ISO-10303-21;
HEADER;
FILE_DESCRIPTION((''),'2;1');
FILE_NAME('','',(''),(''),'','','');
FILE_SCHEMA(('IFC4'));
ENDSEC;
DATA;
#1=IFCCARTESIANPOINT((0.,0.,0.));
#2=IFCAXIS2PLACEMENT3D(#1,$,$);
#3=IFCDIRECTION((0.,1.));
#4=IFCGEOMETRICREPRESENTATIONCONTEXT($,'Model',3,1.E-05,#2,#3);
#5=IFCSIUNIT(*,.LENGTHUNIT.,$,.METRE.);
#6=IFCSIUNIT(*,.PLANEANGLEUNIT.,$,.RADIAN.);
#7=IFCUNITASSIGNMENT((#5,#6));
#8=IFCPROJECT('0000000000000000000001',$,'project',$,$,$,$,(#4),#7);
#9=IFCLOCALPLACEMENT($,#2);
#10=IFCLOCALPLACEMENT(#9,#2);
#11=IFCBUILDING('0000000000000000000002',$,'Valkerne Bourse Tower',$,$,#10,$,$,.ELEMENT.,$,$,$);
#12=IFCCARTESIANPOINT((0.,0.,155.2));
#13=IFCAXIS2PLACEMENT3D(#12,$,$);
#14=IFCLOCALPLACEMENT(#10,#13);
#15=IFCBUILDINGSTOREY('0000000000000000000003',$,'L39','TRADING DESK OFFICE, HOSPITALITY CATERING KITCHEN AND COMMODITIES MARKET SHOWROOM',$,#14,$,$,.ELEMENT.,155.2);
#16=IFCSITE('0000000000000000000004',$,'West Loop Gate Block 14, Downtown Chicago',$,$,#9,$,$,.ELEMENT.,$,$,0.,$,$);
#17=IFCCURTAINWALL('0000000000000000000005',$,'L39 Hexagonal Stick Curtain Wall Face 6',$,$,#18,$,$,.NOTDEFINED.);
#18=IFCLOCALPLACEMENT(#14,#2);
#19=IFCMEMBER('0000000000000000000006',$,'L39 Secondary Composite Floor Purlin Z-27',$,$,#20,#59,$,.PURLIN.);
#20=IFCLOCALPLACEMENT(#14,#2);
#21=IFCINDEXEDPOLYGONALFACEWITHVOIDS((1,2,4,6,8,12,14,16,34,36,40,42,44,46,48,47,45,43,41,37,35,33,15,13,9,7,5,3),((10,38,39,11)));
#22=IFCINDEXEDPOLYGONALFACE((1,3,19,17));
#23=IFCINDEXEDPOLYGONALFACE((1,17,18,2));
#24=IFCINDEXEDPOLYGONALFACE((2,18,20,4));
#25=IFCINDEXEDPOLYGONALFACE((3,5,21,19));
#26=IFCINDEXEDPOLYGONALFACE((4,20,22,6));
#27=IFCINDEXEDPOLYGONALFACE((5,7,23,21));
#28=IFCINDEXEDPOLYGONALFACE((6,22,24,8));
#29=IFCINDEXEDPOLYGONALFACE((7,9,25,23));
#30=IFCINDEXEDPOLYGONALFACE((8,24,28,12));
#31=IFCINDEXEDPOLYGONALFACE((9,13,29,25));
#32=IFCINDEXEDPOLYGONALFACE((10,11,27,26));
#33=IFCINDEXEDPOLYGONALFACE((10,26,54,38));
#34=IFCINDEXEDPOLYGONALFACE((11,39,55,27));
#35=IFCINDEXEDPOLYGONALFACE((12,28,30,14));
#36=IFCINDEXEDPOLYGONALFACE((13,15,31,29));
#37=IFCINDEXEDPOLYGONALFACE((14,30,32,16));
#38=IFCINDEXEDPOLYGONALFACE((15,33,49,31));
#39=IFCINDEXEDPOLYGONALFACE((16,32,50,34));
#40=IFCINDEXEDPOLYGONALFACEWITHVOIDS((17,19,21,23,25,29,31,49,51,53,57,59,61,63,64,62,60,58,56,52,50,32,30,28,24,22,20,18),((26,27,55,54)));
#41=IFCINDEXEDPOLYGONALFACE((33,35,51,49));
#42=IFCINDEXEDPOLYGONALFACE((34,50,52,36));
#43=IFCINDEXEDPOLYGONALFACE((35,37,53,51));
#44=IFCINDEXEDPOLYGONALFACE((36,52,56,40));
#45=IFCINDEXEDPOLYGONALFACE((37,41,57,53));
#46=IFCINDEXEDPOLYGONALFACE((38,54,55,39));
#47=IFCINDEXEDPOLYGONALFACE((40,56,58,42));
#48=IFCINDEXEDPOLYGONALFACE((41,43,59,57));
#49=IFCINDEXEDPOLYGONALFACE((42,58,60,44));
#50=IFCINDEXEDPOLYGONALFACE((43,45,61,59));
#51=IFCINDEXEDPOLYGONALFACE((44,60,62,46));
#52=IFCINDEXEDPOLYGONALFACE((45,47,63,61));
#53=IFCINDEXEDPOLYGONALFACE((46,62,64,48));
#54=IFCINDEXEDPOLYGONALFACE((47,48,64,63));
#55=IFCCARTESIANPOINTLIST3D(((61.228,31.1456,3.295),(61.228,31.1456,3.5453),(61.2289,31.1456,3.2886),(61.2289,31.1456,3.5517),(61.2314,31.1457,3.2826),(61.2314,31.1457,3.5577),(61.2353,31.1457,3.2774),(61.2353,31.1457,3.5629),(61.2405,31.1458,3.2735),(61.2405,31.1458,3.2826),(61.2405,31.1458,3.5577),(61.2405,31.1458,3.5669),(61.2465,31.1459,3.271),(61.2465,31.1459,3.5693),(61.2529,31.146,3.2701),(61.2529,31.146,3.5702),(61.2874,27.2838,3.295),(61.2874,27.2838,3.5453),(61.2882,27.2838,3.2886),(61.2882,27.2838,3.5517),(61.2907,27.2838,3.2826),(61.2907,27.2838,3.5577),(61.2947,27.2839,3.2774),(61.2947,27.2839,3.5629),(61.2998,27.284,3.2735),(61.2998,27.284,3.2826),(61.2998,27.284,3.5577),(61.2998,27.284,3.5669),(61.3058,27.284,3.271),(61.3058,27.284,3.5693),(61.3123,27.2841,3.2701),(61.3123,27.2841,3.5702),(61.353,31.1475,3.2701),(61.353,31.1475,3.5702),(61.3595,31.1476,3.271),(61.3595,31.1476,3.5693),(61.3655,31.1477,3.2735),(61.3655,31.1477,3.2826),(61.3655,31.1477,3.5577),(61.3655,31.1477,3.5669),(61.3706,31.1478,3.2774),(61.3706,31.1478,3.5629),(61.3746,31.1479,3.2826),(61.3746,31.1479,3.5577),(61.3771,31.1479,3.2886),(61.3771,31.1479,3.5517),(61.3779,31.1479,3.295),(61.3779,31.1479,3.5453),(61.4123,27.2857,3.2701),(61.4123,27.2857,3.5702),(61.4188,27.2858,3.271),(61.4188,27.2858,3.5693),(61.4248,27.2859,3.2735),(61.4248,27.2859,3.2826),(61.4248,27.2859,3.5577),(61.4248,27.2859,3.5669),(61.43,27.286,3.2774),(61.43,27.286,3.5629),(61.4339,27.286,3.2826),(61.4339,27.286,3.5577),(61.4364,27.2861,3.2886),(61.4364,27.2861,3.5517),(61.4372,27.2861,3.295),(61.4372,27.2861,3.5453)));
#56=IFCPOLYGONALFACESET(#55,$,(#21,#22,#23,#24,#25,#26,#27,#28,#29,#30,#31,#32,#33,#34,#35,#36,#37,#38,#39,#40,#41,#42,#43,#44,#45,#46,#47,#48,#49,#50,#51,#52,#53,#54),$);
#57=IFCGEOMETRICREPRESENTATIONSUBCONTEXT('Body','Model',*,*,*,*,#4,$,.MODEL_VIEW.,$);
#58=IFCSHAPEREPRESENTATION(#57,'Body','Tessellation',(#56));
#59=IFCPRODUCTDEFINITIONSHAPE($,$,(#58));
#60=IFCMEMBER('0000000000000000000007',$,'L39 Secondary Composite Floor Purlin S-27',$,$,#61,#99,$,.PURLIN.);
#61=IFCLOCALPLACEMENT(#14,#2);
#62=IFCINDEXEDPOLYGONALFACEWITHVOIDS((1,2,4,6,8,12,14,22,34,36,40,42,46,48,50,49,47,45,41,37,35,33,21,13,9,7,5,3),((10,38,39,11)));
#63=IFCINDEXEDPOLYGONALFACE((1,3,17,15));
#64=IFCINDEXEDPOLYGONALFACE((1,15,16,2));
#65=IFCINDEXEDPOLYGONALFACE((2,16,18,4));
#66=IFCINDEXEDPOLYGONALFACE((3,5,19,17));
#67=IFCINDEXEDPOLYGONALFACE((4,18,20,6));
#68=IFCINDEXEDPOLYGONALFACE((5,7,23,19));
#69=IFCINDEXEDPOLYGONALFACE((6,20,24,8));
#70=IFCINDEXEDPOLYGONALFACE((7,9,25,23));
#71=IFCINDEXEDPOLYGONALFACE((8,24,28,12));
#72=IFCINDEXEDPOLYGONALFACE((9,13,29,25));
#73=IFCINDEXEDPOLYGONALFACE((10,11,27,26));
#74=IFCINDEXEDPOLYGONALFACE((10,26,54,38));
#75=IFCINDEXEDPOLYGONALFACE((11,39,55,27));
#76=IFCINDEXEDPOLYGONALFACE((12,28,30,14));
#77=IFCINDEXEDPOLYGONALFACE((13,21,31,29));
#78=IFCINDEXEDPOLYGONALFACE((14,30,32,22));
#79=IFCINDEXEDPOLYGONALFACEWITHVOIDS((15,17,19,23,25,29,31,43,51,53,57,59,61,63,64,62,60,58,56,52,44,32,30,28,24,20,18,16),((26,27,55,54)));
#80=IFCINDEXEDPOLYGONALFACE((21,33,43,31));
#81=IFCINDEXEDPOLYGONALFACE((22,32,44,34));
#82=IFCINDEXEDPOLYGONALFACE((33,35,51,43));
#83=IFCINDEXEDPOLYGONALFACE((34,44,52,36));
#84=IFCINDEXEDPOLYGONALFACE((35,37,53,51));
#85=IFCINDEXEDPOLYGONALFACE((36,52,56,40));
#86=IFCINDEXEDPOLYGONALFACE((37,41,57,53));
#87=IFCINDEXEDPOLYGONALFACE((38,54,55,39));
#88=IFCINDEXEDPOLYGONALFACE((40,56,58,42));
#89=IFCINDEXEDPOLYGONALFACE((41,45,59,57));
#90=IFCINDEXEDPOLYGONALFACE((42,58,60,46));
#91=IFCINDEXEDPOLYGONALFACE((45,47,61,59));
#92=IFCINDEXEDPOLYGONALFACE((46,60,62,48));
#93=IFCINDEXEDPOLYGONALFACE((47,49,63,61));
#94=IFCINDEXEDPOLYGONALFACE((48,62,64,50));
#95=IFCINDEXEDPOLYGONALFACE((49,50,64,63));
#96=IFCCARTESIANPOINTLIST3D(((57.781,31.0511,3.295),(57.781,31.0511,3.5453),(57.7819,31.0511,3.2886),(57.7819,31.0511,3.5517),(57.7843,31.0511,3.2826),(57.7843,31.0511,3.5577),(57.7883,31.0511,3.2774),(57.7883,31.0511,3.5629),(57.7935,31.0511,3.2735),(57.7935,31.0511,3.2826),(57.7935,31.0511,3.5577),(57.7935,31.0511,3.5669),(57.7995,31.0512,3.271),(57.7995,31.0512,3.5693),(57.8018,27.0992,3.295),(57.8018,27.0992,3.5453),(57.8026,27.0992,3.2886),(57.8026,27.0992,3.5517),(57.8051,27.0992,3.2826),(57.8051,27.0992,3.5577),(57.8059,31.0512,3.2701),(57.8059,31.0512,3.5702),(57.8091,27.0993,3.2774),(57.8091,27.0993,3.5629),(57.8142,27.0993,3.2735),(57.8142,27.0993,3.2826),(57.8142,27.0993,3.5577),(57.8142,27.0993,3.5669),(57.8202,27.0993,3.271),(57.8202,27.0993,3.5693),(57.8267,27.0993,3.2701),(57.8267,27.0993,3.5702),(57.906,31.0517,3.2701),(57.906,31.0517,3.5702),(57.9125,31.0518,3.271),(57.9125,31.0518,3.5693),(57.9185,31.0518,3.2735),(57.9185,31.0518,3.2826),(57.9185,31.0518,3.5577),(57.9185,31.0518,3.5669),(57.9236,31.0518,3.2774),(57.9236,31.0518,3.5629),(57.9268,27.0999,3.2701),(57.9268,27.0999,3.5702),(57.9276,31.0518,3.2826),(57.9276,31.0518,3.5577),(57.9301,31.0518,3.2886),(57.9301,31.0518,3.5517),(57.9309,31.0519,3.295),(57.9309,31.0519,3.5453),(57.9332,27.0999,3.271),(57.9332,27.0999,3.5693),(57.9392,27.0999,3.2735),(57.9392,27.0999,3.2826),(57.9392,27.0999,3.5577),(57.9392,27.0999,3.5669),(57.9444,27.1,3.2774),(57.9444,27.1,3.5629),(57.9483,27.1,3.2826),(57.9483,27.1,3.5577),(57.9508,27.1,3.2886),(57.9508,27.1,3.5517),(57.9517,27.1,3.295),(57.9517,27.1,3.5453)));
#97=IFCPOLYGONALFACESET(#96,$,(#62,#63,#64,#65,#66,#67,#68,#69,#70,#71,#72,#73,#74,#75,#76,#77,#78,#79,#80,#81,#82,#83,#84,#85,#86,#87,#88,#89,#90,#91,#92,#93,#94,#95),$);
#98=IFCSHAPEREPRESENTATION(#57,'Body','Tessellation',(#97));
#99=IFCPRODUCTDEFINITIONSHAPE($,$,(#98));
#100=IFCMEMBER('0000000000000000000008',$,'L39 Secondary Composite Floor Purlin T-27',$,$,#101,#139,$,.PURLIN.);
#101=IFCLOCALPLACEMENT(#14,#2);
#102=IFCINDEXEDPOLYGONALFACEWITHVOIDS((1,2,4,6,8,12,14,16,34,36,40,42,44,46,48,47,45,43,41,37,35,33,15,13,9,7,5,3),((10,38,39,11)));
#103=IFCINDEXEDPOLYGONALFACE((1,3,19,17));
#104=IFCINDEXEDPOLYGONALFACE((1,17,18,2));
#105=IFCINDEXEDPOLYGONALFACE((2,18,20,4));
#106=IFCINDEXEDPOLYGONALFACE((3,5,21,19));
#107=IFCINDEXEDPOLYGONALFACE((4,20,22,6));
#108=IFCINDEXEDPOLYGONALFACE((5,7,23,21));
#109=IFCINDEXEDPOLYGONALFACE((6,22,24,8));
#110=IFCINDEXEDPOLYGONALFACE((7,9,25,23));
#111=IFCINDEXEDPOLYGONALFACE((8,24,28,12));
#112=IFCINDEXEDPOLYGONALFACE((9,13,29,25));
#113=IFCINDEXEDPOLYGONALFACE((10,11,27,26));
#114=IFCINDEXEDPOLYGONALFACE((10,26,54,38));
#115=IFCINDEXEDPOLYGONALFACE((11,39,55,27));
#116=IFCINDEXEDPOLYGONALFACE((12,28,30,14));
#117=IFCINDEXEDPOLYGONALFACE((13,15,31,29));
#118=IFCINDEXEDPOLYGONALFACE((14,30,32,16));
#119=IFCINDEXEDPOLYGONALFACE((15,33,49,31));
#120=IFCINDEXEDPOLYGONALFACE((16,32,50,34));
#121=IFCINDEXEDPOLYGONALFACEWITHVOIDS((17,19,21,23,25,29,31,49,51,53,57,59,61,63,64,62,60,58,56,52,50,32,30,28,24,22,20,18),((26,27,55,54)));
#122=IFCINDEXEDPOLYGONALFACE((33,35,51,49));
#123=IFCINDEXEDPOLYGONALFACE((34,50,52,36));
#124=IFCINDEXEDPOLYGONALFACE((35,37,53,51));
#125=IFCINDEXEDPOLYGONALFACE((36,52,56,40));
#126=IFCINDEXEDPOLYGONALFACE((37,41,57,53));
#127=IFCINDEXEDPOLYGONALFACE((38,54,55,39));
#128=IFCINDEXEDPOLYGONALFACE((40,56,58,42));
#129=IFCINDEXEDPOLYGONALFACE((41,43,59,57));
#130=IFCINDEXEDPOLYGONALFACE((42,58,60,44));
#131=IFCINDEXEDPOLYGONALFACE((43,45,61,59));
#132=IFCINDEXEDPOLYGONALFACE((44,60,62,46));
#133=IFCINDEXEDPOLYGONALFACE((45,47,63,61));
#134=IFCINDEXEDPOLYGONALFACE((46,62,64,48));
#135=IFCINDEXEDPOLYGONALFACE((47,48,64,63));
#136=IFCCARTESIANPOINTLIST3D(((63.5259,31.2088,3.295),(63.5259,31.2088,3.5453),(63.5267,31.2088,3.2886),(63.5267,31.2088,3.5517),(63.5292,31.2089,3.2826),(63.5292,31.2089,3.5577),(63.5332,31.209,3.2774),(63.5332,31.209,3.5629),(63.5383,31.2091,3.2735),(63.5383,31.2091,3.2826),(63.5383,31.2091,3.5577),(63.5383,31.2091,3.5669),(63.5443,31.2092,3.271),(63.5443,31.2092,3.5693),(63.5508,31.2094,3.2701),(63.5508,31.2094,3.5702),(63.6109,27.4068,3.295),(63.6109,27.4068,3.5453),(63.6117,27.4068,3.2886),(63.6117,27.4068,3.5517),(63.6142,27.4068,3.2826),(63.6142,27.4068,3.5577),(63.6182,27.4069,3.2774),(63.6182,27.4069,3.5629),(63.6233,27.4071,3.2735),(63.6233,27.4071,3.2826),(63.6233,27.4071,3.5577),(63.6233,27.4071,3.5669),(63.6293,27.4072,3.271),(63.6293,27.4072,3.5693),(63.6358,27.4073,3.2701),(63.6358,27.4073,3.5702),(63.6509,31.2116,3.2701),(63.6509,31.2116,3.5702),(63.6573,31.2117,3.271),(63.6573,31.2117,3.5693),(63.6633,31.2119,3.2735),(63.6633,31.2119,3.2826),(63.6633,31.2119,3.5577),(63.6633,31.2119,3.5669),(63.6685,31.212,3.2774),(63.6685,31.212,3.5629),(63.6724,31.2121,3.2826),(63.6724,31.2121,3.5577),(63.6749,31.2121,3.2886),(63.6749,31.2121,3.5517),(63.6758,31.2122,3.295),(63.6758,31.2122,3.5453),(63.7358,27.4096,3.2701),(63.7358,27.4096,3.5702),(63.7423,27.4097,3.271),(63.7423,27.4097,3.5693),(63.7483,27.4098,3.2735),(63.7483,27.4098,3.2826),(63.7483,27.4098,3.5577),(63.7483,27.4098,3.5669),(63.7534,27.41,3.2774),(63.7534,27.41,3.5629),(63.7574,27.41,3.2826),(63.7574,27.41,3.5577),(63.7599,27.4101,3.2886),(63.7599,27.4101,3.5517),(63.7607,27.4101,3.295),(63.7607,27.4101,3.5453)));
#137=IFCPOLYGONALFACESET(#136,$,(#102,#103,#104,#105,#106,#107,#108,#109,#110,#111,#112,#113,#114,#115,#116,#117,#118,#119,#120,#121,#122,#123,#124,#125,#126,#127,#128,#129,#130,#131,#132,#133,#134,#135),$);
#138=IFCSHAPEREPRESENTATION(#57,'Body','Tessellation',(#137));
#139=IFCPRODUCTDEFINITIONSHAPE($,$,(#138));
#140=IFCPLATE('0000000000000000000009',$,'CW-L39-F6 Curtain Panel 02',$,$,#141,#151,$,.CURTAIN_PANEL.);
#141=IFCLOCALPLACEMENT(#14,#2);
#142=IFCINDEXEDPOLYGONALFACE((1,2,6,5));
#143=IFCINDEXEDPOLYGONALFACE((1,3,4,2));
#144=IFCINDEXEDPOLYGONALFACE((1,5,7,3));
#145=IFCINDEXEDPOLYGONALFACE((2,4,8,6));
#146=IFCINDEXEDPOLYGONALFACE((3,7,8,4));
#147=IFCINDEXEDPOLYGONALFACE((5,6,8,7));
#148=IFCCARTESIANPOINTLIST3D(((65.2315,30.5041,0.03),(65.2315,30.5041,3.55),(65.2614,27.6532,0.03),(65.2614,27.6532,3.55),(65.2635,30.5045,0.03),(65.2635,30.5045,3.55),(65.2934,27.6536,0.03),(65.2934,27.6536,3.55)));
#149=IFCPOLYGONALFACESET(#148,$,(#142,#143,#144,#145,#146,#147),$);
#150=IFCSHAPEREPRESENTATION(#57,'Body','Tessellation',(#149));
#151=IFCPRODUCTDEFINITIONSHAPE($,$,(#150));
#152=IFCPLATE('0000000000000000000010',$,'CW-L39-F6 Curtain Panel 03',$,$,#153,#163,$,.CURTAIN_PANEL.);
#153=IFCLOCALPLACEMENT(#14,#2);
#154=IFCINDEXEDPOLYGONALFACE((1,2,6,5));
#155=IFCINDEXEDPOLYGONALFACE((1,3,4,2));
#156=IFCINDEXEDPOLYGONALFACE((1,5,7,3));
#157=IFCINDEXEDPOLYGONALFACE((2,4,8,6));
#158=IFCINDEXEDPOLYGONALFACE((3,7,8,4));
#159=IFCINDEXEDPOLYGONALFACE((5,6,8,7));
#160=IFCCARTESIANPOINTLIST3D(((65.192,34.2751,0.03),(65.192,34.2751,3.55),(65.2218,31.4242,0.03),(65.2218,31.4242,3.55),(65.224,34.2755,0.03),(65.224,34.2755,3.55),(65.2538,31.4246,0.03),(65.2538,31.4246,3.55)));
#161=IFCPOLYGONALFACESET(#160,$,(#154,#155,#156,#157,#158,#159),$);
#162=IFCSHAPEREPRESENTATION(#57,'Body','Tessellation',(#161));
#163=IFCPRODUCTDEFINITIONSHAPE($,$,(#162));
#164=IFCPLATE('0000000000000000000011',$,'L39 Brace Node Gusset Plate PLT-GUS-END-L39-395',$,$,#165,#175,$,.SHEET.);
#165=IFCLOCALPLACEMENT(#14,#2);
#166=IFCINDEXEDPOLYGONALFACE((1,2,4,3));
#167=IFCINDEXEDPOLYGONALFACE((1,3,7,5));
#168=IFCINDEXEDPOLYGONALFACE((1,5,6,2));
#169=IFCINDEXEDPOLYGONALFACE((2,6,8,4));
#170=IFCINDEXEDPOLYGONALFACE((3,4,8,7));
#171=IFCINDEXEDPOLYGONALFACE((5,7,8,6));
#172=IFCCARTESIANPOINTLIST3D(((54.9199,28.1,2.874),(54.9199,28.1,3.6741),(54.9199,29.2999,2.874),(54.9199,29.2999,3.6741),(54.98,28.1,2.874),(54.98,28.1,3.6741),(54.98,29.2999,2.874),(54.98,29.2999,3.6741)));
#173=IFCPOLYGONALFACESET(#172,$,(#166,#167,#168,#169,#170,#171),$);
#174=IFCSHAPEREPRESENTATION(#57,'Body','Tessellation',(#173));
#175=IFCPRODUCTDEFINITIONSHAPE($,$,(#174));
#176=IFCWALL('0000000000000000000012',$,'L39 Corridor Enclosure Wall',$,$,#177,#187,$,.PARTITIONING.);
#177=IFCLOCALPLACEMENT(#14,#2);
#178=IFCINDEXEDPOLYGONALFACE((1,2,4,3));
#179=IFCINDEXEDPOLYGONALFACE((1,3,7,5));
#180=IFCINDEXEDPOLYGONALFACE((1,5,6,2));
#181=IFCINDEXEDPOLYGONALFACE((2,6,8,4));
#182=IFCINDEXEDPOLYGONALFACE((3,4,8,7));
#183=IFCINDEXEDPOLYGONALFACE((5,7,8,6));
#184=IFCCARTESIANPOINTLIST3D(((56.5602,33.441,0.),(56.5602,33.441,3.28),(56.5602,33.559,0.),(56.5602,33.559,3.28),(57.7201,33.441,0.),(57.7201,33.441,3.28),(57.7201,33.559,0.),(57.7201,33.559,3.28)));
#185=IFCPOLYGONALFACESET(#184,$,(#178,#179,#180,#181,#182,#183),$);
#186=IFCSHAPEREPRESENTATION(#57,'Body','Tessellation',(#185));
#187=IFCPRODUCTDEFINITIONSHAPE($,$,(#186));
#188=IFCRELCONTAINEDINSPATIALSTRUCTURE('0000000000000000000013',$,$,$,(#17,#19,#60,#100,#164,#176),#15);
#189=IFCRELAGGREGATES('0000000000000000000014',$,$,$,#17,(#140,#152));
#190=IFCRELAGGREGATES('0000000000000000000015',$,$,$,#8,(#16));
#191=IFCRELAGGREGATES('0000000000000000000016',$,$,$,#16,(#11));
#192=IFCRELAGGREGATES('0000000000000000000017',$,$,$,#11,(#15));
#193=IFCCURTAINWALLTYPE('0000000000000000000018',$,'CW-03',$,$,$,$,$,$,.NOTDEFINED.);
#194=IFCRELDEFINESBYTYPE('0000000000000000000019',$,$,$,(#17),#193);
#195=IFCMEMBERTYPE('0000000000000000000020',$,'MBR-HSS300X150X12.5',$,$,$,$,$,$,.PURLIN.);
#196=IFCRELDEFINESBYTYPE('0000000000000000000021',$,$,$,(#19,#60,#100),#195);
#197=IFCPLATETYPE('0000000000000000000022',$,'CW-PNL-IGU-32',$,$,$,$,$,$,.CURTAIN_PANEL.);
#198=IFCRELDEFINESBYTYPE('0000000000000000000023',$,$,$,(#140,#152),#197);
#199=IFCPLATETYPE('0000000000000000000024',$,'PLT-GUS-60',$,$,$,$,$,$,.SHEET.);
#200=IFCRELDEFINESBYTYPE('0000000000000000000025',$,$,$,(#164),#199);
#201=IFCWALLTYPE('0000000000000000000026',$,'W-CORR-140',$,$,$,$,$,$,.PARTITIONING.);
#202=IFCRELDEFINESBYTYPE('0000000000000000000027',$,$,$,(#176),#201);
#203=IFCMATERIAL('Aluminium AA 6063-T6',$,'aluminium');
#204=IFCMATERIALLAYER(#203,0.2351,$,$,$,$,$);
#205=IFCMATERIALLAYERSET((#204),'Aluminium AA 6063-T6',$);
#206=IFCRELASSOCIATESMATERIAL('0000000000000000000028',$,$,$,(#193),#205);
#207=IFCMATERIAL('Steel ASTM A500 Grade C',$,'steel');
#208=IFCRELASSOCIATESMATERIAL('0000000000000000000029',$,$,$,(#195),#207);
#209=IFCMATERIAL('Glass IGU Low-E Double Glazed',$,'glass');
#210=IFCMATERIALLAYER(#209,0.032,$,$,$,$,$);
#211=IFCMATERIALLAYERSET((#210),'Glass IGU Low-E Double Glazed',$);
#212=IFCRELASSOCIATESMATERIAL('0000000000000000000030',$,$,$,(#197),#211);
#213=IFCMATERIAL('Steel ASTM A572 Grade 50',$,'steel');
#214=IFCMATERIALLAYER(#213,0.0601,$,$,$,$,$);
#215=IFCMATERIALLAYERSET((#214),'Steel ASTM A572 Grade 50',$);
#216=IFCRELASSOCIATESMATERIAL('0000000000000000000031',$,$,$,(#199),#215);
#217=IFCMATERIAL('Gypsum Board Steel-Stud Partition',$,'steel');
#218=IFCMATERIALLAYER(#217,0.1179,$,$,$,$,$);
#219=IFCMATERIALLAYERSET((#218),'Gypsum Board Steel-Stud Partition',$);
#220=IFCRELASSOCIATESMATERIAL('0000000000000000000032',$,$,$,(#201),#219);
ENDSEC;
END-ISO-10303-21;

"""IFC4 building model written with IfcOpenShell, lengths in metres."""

from ifc_helpers import new_model, si_unit, direction, frame, frame_2d, origin, origin_2d, place, context, subcontext, project, spatial, rectangle, hollow_rectangle, extrude, material, layer, layer_set, material_profile, profile_set, type_object, element, aggregate, save


model = new_model("IFC4")

# Units and contexts
model_context = context("Model", 3, precision=1e-05, world=origin(), true_north=direction((0.0, 1.0)))
body_context = subcontext(model_context, "Body", "Model", "MODEL_VIEW")
ifc_project = project(units=[si_unit("LENGTHUNIT", "METRE"), si_unit("PLANEANGLEUNIT", "RADIAN")], contexts=[model_context])

# Site, building, storey
site_placement = place(None, origin())
site = spatial("IfcSite", under=ifc_project, at=site_placement, Name="West Loop Gate Block 14, Downtown Chicago", CompositionType="ELEMENT", RefElevation=0.0)
building_placement = place(site_placement, origin())
building = spatial("IfcBuilding", under=site, at=building_placement, Name="Valkerne Bourse Tower", CompositionType="ELEMENT")
storey_placement = place(building_placement, frame((0.0, 0.0, 155.2)))
storey = spatial("IfcBuildingStorey", under=building, at=storey_placement, Name="L39", Description="TRADING DESK OFFICE, HOSPITALITY CATERING KITCHEN AND COMMODITIES MARKET SHOWROOM", CompositionType="ELEMENT", Elevation=155.2)

# Curtain wall
ifc_material_1 = material(Name="Aluminium AA 6063-T6", Category="aluminium")
ifc_layer_1 = layer(ifc_material_1, 0.2351)
ifc_layer_set_1 = layer_set([ifc_layer_1], Name="Aluminium AA 6063-T6")
curtain_wall_type = type_object("IfcCurtainWallType", Name="CW-03", PredefinedType="NOTDEFINED", material=ifc_layer_set_1)
curtain_wall_placement = place(storey_placement, origin())
curtain_wall = element("IfcCurtainWall", 1, at=curtain_wall_placement, inside=storey, type_object=curtain_wall_type, Name="L39 Hexagonal Stick Curtain Wall Face 6", PredefinedType="NOTDEFINED")

# Members
ifc_material_2 = material(Name="Steel ASTM A500 Grade C", Category="steel")
ifc_material_profile_1 = material_profile(ifc_material_2, hollow_rectangle(XDim=0.1499, YDim=0.3, WallThickness=0.0125, OuterFilletRadius=0.0249, at=origin_2d()), Name="HSS300X150X12.5")
ifc_profile_set_1 = profile_set([ifc_material_profile_1], Name="Steel ASTM A500 Grade C")
member_type_1 = type_object("IfcMemberType", Name="MBR-HSS300X150X12.5", PredefinedType="PURLIN", material=ifc_profile_set_1)
member_1_placement = place(storey_placement, frame((61.3623, 27.2849, 3.4202), z_axis=(-0.01536, 0.999882, 0.0), x_axis=(-0.999882, -0.01536, 0.0)))
element("IfcMember", 2, at=member_1_placement, inside=storey, type_object=member_type_1, Name="L39 Secondary Composite Floor Purlin Z-27", PredefinedType="PURLIN", context=body_context, shape_type="SweptSolid", body=[
    extrude(hollow_rectangle(XDim=0.1499, YDim=0.3, WallThickness=0.0125, OuterFilletRadius=0.0249, at=origin_2d()), origin(), (0.0, 0.0, 1.0), 3.8623),
])
member_2_placement = place(storey_placement, frame((57.8767, 27.0996, 3.4202), z_axis=(-0.005251, 0.999986, 0.0), x_axis=(-0.999986, -0.005251, 0.0)))
element("IfcMember", 3, at=member_2_placement, inside=storey, type_object=member_type_1, Name="L39 Secondary Composite Floor Purlin S-27", PredefinedType="PURLIN", context=body_context, shape_type="SweptSolid", body=[
    extrude(hollow_rectangle(XDim=0.1499, YDim=0.3, WallThickness=0.0125, OuterFilletRadius=0.0249, at=origin_2d()), origin(), (0.0, 0.0, 1.0), 3.9519),
])
member_3_placement = place(storey_placement, frame((63.6858, 27.4084, 3.4202), z_axis=(-0.022341, 0.99975, 0.0), x_axis=(-0.99975, -0.022341, 0.0)))
element("IfcMember", 4, at=member_3_placement, inside=storey, type_object=member_type_1, Name="L39 Secondary Composite Floor Purlin T-27", PredefinedType="PURLIN", context=body_context, shape_type="SweptSolid", body=[
    extrude(hollow_rectangle(XDim=0.1499, YDim=0.3, WallThickness=0.0125, OuterFilletRadius=0.0249, at=origin_2d()), origin(), (0.0, 0.0, 1.0), 3.803),
])

# Plates
ifc_material_3 = material(Name="Glass IGU Low-E Double Glazed", Category="glass")
ifc_layer_2 = layer(ifc_material_3, 0.032)
ifc_layer_set_2 = layer_set([ifc_layer_2], Name="Glass IGU Low-E Double Glazed")
plate_type_1 = type_object("IfcPlateType", Name="CW-PNL-IGU-32", PredefinedType="CURTAIN_PANEL", material=ifc_layer_set_2)
plate_1_placement = place(storey_placement, frame((65.2625, 29.0789, 0.03), z_axis=(0.0, 0.0, 1.0), x_axis=(-0.010475, 0.999945, 0.0)))
plate_1 = element("IfcPlate", 5, at=plate_1_placement, type_object=plate_type_1, Name="CW-L39-F6 Curtain Panel 02", PredefinedType="CURTAIN_PANEL", context=body_context, shape_type="SweptSolid", body=[
    extrude(rectangle(XDim=2.8511, YDim=0.032, at=origin_2d()), origin(), (0.0, 0.0, 1.0), 3.52),
])
plate_2_placement = place(storey_placement, frame((65.2229, 32.8499, 0.03), z_axis=(0.0, 0.0, 1.0), x_axis=(-0.010448, 0.999945, 0.0)))
plate_2 = element("IfcPlate", 6, at=plate_2_placement, type_object=plate_type_1, Name="CW-L39-F6 Curtain Panel 03", PredefinedType="CURTAIN_PANEL", context=body_context, shape_type="SweptSolid", body=[
    extrude(rectangle(XDim=2.8511, YDim=0.032, at=origin_2d()), origin(), (0.0, 0.0, 1.0), 3.52),
])
aggregate(curtain_wall, [plate_1, plate_2])
ifc_material_4 = material(Name="Steel ASTM A572 Grade 50", Category="steel")
ifc_layer_3 = layer(ifc_material_4, 0.0601)
ifc_layer_set_3 = layer_set([ifc_layer_3], Name="Steel ASTM A572 Grade 50")
plate_type_2 = type_object("IfcPlateType", Name="PLT-GUS-60", PredefinedType="SHEET", material=ifc_layer_set_3)
plate_3_placement = place(storey_placement, frame((54.95, 28.7, 2.874), z_axis=(0.0, 0.0, 1.0), x_axis=(0.0, 1.0, 0.0)))
element("IfcPlate", 7, at=plate_3_placement, inside=storey, type_object=plate_type_2, Name="L39 Brace Node Gusset Plate PLT-GUS-END-L39-395", PredefinedType="SHEET", context=body_context, shape_type="SweptSolid", body=[
    extrude(rectangle(XDim=1.2, YDim=0.0601, at=origin_2d()), origin(), (0.0, 0.0, 1.0), 0.8),
])

# Wall
ifc_material_5 = material(Name="Gypsum Board Steel-Stud Partition", Category="steel")
ifc_layer_4 = layer(ifc_material_5, 0.1179)
ifc_layer_set_4 = layer_set([ifc_layer_4], Name="Gypsum Board Steel-Stud Partition")
wall_type_1 = type_object("IfcWallType", Name="W-CORR-140", PredefinedType="PARTITIONING", material=ifc_layer_set_4)
wall_1_placement = place(storey_placement, frame((56.5601, 33.5, 0.0), z_axis=(0.0, 0.0, 1.0), x_axis=(1.0, 0.0, 0.0)))
element("IfcWall", 8, at=wall_1_placement, inside=storey, type_object=wall_type_1, Name="L39 Corridor Enclosure Wall", PredefinedType="PARTITIONING", context=body_context, shape_type="SweptSolid", body=[
    extrude(rectangle(XDim=1.1599, YDim=0.1179, at=frame_2d((0.5801, 0.0))), origin(), (0.0, 0.0, 1.0), 3.28),
])

save(model, "model.ifc")
